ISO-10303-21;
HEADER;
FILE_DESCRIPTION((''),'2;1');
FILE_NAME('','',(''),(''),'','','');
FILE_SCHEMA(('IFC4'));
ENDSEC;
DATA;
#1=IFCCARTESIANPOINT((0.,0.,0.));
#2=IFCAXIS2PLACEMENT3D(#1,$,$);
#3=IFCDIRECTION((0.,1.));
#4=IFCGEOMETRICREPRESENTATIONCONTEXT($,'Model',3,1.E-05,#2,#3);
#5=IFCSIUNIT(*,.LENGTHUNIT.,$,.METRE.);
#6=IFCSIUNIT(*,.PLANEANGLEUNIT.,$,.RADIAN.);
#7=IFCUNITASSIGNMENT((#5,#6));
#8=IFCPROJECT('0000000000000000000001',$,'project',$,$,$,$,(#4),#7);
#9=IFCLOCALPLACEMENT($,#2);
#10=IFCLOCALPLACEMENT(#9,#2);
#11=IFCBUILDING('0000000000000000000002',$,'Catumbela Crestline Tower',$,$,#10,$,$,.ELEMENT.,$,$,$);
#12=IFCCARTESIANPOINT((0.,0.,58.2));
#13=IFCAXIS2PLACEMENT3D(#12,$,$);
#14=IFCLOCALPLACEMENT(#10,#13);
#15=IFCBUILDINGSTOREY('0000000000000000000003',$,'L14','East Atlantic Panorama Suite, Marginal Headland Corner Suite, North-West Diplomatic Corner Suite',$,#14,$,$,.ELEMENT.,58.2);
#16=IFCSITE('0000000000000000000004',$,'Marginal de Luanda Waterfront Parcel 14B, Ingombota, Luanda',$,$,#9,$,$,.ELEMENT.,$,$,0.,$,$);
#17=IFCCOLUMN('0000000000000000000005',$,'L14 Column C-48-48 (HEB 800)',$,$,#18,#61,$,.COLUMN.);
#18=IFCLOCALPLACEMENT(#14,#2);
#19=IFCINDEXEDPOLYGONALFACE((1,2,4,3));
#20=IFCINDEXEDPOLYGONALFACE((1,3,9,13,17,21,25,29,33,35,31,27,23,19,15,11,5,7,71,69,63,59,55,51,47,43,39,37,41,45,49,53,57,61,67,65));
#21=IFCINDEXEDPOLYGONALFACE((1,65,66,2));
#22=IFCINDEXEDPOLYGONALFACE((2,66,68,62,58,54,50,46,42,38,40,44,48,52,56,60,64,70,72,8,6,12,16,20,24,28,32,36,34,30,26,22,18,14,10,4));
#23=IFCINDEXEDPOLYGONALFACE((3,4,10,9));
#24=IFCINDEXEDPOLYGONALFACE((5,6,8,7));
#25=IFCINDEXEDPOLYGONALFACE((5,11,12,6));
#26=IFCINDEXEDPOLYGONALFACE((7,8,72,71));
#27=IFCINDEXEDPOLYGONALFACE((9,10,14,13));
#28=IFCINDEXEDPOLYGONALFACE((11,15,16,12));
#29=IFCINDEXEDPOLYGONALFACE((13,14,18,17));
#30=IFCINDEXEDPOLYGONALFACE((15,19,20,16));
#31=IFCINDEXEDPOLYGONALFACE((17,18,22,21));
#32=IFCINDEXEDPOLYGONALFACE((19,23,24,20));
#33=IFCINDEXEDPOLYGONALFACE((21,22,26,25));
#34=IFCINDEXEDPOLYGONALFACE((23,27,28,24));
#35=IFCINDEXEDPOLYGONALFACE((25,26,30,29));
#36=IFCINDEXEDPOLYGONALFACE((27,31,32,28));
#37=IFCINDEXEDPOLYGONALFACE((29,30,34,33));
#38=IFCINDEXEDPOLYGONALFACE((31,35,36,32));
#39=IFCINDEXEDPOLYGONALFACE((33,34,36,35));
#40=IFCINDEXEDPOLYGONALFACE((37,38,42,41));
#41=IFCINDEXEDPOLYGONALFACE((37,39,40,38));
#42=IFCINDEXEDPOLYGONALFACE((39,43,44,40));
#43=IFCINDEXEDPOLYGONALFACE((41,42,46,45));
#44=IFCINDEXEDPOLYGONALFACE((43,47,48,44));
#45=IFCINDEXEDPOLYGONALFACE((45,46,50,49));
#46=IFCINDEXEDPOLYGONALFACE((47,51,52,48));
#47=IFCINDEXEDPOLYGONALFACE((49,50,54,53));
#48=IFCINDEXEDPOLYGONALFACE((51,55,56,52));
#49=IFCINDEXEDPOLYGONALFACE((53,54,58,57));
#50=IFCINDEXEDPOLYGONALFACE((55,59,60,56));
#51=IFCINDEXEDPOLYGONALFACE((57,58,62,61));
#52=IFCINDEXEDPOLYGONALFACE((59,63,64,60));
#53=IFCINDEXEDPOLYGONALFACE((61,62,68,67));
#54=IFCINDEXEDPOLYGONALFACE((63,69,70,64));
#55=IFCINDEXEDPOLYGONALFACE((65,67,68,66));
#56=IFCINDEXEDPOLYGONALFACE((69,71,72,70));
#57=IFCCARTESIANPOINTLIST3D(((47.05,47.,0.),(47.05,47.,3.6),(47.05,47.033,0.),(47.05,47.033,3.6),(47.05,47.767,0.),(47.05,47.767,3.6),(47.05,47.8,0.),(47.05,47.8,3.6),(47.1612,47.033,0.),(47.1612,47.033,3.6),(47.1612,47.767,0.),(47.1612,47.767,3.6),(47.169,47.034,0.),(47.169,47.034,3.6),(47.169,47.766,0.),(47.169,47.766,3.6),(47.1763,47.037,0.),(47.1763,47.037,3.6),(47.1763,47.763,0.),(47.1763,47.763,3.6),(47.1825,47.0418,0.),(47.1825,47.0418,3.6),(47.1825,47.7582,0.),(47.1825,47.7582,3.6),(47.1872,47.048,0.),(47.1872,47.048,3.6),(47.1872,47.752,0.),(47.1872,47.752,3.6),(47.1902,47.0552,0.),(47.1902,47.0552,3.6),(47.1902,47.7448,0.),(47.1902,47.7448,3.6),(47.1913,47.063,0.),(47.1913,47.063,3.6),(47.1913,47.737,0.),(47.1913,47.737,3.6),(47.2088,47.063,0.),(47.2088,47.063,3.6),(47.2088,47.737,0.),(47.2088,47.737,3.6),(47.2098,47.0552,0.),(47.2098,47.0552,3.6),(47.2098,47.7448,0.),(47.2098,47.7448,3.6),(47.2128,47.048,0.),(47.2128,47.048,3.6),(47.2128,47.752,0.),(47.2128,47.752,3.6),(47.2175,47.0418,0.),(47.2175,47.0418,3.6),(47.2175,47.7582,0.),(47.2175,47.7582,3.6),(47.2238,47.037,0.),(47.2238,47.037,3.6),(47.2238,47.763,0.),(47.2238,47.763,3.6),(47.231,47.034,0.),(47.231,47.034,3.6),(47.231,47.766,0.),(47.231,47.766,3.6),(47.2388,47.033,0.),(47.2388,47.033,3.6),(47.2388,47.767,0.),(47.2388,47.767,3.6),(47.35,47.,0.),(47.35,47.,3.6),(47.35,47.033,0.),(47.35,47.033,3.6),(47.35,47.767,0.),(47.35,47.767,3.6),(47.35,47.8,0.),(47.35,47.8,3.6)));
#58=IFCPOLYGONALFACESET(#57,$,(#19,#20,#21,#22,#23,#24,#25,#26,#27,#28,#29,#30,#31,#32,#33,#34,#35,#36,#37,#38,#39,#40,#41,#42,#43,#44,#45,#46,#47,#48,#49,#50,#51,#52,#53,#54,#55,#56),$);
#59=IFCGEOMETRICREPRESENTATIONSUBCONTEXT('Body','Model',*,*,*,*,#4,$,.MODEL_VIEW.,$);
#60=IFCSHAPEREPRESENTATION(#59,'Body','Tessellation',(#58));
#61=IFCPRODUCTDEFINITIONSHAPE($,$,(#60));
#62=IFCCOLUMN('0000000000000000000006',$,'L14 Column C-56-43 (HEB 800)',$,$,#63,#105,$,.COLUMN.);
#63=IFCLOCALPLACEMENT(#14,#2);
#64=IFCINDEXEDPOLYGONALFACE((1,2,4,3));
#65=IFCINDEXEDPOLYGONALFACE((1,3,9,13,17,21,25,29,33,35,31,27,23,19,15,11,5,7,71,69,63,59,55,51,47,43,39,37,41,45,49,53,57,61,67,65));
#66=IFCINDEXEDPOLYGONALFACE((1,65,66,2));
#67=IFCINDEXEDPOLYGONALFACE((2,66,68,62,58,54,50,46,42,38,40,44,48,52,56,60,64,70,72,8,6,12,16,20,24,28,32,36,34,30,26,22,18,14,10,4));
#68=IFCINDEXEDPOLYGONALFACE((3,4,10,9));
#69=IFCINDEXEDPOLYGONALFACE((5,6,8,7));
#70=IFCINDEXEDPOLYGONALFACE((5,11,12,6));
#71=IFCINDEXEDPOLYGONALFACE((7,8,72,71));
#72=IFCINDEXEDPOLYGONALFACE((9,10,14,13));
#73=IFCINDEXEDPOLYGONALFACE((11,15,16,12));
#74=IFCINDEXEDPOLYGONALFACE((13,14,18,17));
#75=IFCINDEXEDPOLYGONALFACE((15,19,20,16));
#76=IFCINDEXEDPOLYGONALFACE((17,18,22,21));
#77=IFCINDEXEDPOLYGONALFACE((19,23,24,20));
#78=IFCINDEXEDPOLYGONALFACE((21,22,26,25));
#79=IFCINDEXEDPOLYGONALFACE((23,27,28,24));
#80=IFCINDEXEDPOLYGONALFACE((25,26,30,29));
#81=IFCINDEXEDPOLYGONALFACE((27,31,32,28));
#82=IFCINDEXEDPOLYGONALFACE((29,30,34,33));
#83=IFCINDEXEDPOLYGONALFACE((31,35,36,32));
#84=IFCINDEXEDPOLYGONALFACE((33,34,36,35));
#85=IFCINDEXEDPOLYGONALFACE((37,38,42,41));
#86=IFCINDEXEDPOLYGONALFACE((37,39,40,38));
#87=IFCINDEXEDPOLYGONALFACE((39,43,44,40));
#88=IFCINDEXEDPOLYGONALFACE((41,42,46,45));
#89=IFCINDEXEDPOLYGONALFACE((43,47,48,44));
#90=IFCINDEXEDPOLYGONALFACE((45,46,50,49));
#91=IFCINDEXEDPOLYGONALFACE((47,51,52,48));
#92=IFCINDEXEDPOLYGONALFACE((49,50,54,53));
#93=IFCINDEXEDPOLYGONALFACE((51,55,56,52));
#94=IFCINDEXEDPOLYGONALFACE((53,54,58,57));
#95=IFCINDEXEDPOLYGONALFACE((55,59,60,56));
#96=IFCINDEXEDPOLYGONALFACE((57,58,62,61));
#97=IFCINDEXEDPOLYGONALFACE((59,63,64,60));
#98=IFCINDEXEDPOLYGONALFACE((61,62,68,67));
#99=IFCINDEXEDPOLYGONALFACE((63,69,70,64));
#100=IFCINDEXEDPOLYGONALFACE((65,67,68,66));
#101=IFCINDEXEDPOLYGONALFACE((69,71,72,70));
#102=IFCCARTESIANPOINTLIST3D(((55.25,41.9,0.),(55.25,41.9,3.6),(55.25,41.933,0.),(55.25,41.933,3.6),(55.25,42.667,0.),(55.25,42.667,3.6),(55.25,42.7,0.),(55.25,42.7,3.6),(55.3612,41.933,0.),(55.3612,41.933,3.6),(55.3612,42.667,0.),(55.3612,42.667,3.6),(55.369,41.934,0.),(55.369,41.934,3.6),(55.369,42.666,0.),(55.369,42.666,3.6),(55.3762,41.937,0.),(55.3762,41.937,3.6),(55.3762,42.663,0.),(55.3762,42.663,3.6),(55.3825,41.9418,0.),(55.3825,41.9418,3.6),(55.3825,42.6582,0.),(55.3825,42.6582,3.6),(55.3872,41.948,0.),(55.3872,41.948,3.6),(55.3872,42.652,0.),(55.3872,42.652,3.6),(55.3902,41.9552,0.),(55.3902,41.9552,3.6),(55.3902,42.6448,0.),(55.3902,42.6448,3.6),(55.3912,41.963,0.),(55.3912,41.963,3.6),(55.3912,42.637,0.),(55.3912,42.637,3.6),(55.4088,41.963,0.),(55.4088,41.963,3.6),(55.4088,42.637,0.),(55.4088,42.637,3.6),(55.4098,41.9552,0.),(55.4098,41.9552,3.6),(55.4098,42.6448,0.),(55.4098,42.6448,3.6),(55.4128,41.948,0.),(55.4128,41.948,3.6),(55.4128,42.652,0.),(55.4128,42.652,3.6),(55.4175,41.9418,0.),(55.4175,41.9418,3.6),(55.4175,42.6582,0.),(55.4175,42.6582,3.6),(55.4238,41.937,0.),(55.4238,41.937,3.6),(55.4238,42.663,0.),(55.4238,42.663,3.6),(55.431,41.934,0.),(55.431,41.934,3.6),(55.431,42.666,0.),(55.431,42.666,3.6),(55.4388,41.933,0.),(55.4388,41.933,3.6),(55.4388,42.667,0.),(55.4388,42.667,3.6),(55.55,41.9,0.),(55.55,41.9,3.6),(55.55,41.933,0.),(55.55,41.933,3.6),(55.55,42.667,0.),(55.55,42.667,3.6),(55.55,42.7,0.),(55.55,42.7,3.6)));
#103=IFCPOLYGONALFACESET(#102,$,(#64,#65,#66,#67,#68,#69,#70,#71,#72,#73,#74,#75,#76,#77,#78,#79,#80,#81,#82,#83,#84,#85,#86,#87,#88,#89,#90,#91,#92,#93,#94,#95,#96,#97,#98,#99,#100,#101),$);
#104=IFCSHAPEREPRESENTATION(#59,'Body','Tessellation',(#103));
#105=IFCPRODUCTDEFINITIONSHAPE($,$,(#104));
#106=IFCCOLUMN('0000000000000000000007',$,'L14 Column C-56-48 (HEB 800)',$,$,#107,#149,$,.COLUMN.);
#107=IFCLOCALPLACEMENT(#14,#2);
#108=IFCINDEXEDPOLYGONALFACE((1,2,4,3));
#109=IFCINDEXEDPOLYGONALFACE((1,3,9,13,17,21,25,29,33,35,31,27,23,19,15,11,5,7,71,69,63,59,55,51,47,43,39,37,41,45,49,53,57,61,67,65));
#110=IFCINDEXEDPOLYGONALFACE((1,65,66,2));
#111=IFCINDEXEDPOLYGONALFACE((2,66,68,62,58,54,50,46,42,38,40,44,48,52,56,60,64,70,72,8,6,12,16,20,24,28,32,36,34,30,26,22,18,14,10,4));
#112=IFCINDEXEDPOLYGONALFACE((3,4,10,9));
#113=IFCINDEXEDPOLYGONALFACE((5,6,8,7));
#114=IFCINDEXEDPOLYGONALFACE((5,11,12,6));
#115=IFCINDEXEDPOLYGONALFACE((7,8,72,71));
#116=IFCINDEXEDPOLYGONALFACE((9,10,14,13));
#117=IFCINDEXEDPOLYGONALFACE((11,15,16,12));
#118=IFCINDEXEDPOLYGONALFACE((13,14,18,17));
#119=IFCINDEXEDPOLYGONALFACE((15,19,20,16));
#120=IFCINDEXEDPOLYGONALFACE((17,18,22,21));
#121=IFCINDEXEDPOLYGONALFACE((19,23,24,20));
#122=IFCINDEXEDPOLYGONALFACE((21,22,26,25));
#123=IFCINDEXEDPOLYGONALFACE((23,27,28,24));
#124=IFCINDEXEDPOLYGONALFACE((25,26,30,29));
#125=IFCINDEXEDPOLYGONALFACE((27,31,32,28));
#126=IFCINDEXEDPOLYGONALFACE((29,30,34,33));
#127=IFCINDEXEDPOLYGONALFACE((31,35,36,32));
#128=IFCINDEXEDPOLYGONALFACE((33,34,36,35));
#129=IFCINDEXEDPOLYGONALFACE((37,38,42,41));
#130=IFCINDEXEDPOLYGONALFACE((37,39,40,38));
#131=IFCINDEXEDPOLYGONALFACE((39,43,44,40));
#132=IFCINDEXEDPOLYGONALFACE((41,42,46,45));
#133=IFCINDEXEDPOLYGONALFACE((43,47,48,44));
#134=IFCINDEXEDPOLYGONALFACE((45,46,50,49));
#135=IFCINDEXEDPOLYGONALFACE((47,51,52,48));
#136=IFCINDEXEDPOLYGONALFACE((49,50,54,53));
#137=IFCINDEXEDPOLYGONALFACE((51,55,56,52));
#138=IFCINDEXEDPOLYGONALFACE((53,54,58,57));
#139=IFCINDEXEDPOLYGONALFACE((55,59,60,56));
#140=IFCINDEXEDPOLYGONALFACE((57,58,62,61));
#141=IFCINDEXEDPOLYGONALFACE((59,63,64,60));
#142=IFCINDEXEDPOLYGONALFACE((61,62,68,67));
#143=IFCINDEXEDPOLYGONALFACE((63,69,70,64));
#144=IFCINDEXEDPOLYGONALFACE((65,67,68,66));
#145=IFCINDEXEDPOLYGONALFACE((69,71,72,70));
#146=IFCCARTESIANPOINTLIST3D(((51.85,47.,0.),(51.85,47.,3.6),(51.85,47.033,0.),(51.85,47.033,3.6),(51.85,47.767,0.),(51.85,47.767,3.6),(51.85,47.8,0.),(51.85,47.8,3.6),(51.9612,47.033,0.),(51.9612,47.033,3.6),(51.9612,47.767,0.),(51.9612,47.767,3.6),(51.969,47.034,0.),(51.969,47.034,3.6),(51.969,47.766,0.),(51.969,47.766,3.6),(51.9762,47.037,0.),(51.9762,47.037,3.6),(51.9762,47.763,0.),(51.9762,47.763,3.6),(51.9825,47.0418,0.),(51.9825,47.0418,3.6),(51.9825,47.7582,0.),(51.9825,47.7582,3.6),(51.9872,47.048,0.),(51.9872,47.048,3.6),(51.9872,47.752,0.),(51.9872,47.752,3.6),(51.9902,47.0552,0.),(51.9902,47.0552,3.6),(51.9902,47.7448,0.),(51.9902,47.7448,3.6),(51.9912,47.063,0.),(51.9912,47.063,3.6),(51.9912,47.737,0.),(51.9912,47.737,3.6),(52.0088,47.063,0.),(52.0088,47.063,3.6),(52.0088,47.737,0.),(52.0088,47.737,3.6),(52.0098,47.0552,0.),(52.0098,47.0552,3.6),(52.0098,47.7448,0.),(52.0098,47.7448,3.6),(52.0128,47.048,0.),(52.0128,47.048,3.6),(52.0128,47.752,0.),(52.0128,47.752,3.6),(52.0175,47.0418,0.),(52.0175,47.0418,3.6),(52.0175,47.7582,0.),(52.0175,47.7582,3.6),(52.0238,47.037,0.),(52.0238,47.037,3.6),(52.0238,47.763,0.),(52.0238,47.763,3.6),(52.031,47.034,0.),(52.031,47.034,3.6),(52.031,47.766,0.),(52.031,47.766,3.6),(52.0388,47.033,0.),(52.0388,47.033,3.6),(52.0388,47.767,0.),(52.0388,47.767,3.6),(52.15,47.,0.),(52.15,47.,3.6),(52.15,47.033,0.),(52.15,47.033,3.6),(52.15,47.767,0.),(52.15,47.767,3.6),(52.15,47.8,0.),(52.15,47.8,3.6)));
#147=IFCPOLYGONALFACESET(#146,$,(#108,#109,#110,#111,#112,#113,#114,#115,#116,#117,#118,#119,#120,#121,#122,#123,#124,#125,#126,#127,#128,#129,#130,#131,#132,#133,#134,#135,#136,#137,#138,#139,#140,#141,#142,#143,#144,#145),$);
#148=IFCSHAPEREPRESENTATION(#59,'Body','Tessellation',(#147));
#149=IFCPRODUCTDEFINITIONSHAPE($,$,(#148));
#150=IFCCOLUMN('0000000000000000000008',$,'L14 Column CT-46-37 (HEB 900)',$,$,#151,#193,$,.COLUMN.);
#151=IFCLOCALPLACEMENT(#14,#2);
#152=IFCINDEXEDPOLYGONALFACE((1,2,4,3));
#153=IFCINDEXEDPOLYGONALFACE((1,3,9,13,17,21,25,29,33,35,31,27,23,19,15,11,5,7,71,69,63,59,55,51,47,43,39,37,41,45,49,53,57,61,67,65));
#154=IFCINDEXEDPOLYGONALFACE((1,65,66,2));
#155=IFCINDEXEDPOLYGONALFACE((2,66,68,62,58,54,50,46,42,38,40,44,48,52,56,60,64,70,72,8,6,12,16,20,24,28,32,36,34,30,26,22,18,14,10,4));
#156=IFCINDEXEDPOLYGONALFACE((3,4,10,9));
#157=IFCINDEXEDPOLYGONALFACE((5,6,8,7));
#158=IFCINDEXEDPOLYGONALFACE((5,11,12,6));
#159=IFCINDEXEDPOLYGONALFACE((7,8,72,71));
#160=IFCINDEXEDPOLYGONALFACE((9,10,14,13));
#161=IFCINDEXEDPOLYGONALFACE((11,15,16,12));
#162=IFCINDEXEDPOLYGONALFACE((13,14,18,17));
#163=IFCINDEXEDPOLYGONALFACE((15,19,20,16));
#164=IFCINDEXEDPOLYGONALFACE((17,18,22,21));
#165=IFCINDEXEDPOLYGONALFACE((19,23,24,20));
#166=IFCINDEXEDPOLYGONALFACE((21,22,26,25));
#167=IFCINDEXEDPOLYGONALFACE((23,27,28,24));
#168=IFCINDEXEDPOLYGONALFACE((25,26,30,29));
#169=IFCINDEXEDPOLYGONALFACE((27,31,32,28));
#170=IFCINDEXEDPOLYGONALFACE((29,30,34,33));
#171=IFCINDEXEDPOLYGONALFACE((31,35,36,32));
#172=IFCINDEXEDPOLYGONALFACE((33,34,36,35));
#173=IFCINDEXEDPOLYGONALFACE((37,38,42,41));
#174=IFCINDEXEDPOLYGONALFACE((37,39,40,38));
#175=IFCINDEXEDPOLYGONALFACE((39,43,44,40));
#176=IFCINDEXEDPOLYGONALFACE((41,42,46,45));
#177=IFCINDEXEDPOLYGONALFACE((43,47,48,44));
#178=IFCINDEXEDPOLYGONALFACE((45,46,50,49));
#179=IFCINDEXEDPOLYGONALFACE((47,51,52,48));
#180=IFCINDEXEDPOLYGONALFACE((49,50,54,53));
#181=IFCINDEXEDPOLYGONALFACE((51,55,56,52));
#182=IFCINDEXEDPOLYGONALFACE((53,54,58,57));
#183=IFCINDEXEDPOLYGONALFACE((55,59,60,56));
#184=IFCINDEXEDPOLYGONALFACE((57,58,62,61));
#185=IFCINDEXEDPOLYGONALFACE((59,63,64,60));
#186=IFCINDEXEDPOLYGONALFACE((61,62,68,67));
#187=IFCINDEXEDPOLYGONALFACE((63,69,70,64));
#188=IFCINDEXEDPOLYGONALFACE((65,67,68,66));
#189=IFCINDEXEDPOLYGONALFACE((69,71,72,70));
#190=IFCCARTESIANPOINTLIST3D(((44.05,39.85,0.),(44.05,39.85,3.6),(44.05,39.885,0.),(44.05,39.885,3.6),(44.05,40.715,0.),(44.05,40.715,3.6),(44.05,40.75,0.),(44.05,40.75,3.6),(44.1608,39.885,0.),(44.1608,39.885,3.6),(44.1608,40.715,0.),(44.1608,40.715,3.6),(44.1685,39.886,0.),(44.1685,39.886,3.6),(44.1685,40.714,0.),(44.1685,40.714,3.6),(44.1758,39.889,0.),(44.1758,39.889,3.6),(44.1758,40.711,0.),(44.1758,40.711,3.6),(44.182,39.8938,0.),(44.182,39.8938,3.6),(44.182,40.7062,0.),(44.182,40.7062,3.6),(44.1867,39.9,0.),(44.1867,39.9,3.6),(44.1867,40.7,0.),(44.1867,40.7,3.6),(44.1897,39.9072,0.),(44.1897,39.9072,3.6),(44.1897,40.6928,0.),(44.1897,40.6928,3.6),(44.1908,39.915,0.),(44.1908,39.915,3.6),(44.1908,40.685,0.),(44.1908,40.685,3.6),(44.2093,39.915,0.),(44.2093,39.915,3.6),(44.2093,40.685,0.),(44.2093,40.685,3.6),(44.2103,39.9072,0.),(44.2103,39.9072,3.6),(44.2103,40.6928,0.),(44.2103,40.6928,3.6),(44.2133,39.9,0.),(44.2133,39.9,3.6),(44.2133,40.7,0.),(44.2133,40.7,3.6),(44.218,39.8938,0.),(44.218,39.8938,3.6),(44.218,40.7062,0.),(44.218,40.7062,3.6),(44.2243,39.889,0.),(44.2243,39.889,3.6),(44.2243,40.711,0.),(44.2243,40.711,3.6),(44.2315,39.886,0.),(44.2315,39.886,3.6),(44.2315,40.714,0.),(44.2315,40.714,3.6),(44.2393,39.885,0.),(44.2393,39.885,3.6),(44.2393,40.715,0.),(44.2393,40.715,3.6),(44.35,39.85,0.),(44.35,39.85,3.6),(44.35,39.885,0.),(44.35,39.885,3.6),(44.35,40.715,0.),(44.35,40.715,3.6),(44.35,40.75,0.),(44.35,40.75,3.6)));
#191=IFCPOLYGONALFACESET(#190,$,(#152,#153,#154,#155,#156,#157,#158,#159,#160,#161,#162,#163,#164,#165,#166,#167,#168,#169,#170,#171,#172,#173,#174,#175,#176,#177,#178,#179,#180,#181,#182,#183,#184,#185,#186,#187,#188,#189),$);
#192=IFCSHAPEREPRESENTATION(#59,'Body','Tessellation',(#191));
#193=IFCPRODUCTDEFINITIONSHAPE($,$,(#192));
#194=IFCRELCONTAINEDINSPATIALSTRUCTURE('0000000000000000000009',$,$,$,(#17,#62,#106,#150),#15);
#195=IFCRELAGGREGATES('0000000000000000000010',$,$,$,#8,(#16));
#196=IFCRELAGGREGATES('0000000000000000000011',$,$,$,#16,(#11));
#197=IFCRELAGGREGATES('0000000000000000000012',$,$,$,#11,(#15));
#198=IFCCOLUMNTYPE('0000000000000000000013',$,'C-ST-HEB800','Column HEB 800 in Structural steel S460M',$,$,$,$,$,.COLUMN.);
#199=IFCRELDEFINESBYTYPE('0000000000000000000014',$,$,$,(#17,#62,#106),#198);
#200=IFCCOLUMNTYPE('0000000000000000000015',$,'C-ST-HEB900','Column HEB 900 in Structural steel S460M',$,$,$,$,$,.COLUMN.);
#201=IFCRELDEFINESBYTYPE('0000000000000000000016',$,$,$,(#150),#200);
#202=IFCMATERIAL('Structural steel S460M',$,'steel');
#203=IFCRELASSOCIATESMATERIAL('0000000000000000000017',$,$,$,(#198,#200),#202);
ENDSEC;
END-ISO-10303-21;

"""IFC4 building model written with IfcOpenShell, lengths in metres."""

from ifc_helpers import new_model, si_unit, direction, frame, origin, origin_2d, place, context, subcontext, project, spatial, i_section, extrude, material, material_profile, profile_set, type_object, element, save


model = new_model("IFC4")

# Units and contexts
model_context = context("Model", 3, precision=1e-05, world=origin(), true_north=direction((0.0, 1.0)))
body_context = subcontext(model_context, "Body", "Model", "MODEL_VIEW")
ifc_project = project(units=[si_unit("LENGTHUNIT", "METRE"), si_unit("PLANEANGLEUNIT", "RADIAN")], contexts=[model_context])

# Site, building, storey
site_placement = place(None, origin())
site = spatial("IfcSite", under=ifc_project, at=site_placement, Name="Marginal de Luanda Waterfront Parcel 14B, Ingombota, Luanda", CompositionType="ELEMENT", RefElevation=0.0)
building_placement = place(site_placement, origin())
building = spatial("IfcBuilding", under=site, at=building_placement, Name="Catumbela Crestline Tower", CompositionType="ELEMENT")
storey_placement = place(building_placement, frame((0.0, 0.0, 58.2)))
storey = spatial("IfcBuildingStorey", under=building, at=storey_placement, Name="L14", Description="East Atlantic Panorama Suite, Marginal Headland Corner Suite, North-West Diplomatic Corner Suite", CompositionType="ELEMENT", Elevation=58.2)

# Columns
ifc_material_1 = material(Name="Structural steel S460M", Category="steel")
ifc_material_profile_1 = material_profile(ifc_material_1, i_section(OverallWidth=0.3, OverallDepth=0.8, WebThickness=0.0175, FlangeThickness=0.033, FilletRadius=0.03, at=origin_2d()), Name="HEB 800")
ifc_profile_set_1 = profile_set([ifc_material_profile_1], Name="Structural steel S460M")
column_type_1 = type_object("IfcColumnType", Name="C-ST-HEB800", Description="Column HEB 800 in Structural steel S460M", PredefinedType="COLUMN", material=ifc_profile_set_1)
for number, where, z_axis, x_axis, name in (
    (1, (47.2, 47.4, 0.0), (0.0, 0.0, 1.0), (1.0, 0.0, 0.0), "L14 Column C-48-48 (HEB 800)"),
    (2, (55.4, 42.3, 0.0), (0.0, 0.0, 1.0), (1.0, 0.0, 0.0), "L14 Column C-56-43 (HEB 800)"),
    (3, (52.0, 47.4, 0.0), (0.0, 0.0, 1.0), (1.0, 0.0, 0.0), "L14 Column C-56-48 (HEB 800)"),
):
    element("IfcColumn", number, at=place(storey_placement, frame(where, z_axis=z_axis, x_axis=x_axis)), inside=storey, type_object=column_type_1, Name=name, PredefinedType="COLUMN", context=body_context, shape_type="SweptSolid", body=[
        extrude(i_section(OverallWidth=0.3, OverallDepth=0.8, WebThickness=0.0175, FlangeThickness=0.033, FilletRadius=0.03, at=origin_2d()), origin(), (0.0, 0.0, 1.0), 3.6),
    ])
ifc_material_profile_2 = material_profile(ifc_material_1, i_section(OverallWidth=0.3, OverallDepth=0.9, WebThickness=0.0185, FlangeThickness=0.035, FilletRadius=0.03, at=origin_2d()), Name="HEB 900")
ifc_profile_set_2 = profile_set([ifc_material_profile_2], Name="Structural steel S460M")
column_type_2 = type_object("IfcColumnType", Name="C-ST-HEB900", Description="Column HEB 900 in Structural steel S460M", PredefinedType="COLUMN", material=ifc_profile_set_2)
column_placement = place(storey_placement, frame((44.2, 40.3, 0.0), z_axis=(0.0, 0.0, 1.0), x_axis=(1.0, 0.0, 0.0)))
element("IfcColumn", 4, at=column_placement, inside=storey, type_object=column_type_2, Name="L14 Column CT-46-37 (HEB 900)", PredefinedType="COLUMN", context=body_context, shape_type="SweptSolid", body=[
    extrude(i_section(OverallWidth=0.3, OverallDepth=0.9, WebThickness=0.0185, FlangeThickness=0.035, FilletRadius=0.03, at=origin_2d()), origin(), (0.0, 0.0, 1.0), 3.6),
])

save(model, "model.ifc")
